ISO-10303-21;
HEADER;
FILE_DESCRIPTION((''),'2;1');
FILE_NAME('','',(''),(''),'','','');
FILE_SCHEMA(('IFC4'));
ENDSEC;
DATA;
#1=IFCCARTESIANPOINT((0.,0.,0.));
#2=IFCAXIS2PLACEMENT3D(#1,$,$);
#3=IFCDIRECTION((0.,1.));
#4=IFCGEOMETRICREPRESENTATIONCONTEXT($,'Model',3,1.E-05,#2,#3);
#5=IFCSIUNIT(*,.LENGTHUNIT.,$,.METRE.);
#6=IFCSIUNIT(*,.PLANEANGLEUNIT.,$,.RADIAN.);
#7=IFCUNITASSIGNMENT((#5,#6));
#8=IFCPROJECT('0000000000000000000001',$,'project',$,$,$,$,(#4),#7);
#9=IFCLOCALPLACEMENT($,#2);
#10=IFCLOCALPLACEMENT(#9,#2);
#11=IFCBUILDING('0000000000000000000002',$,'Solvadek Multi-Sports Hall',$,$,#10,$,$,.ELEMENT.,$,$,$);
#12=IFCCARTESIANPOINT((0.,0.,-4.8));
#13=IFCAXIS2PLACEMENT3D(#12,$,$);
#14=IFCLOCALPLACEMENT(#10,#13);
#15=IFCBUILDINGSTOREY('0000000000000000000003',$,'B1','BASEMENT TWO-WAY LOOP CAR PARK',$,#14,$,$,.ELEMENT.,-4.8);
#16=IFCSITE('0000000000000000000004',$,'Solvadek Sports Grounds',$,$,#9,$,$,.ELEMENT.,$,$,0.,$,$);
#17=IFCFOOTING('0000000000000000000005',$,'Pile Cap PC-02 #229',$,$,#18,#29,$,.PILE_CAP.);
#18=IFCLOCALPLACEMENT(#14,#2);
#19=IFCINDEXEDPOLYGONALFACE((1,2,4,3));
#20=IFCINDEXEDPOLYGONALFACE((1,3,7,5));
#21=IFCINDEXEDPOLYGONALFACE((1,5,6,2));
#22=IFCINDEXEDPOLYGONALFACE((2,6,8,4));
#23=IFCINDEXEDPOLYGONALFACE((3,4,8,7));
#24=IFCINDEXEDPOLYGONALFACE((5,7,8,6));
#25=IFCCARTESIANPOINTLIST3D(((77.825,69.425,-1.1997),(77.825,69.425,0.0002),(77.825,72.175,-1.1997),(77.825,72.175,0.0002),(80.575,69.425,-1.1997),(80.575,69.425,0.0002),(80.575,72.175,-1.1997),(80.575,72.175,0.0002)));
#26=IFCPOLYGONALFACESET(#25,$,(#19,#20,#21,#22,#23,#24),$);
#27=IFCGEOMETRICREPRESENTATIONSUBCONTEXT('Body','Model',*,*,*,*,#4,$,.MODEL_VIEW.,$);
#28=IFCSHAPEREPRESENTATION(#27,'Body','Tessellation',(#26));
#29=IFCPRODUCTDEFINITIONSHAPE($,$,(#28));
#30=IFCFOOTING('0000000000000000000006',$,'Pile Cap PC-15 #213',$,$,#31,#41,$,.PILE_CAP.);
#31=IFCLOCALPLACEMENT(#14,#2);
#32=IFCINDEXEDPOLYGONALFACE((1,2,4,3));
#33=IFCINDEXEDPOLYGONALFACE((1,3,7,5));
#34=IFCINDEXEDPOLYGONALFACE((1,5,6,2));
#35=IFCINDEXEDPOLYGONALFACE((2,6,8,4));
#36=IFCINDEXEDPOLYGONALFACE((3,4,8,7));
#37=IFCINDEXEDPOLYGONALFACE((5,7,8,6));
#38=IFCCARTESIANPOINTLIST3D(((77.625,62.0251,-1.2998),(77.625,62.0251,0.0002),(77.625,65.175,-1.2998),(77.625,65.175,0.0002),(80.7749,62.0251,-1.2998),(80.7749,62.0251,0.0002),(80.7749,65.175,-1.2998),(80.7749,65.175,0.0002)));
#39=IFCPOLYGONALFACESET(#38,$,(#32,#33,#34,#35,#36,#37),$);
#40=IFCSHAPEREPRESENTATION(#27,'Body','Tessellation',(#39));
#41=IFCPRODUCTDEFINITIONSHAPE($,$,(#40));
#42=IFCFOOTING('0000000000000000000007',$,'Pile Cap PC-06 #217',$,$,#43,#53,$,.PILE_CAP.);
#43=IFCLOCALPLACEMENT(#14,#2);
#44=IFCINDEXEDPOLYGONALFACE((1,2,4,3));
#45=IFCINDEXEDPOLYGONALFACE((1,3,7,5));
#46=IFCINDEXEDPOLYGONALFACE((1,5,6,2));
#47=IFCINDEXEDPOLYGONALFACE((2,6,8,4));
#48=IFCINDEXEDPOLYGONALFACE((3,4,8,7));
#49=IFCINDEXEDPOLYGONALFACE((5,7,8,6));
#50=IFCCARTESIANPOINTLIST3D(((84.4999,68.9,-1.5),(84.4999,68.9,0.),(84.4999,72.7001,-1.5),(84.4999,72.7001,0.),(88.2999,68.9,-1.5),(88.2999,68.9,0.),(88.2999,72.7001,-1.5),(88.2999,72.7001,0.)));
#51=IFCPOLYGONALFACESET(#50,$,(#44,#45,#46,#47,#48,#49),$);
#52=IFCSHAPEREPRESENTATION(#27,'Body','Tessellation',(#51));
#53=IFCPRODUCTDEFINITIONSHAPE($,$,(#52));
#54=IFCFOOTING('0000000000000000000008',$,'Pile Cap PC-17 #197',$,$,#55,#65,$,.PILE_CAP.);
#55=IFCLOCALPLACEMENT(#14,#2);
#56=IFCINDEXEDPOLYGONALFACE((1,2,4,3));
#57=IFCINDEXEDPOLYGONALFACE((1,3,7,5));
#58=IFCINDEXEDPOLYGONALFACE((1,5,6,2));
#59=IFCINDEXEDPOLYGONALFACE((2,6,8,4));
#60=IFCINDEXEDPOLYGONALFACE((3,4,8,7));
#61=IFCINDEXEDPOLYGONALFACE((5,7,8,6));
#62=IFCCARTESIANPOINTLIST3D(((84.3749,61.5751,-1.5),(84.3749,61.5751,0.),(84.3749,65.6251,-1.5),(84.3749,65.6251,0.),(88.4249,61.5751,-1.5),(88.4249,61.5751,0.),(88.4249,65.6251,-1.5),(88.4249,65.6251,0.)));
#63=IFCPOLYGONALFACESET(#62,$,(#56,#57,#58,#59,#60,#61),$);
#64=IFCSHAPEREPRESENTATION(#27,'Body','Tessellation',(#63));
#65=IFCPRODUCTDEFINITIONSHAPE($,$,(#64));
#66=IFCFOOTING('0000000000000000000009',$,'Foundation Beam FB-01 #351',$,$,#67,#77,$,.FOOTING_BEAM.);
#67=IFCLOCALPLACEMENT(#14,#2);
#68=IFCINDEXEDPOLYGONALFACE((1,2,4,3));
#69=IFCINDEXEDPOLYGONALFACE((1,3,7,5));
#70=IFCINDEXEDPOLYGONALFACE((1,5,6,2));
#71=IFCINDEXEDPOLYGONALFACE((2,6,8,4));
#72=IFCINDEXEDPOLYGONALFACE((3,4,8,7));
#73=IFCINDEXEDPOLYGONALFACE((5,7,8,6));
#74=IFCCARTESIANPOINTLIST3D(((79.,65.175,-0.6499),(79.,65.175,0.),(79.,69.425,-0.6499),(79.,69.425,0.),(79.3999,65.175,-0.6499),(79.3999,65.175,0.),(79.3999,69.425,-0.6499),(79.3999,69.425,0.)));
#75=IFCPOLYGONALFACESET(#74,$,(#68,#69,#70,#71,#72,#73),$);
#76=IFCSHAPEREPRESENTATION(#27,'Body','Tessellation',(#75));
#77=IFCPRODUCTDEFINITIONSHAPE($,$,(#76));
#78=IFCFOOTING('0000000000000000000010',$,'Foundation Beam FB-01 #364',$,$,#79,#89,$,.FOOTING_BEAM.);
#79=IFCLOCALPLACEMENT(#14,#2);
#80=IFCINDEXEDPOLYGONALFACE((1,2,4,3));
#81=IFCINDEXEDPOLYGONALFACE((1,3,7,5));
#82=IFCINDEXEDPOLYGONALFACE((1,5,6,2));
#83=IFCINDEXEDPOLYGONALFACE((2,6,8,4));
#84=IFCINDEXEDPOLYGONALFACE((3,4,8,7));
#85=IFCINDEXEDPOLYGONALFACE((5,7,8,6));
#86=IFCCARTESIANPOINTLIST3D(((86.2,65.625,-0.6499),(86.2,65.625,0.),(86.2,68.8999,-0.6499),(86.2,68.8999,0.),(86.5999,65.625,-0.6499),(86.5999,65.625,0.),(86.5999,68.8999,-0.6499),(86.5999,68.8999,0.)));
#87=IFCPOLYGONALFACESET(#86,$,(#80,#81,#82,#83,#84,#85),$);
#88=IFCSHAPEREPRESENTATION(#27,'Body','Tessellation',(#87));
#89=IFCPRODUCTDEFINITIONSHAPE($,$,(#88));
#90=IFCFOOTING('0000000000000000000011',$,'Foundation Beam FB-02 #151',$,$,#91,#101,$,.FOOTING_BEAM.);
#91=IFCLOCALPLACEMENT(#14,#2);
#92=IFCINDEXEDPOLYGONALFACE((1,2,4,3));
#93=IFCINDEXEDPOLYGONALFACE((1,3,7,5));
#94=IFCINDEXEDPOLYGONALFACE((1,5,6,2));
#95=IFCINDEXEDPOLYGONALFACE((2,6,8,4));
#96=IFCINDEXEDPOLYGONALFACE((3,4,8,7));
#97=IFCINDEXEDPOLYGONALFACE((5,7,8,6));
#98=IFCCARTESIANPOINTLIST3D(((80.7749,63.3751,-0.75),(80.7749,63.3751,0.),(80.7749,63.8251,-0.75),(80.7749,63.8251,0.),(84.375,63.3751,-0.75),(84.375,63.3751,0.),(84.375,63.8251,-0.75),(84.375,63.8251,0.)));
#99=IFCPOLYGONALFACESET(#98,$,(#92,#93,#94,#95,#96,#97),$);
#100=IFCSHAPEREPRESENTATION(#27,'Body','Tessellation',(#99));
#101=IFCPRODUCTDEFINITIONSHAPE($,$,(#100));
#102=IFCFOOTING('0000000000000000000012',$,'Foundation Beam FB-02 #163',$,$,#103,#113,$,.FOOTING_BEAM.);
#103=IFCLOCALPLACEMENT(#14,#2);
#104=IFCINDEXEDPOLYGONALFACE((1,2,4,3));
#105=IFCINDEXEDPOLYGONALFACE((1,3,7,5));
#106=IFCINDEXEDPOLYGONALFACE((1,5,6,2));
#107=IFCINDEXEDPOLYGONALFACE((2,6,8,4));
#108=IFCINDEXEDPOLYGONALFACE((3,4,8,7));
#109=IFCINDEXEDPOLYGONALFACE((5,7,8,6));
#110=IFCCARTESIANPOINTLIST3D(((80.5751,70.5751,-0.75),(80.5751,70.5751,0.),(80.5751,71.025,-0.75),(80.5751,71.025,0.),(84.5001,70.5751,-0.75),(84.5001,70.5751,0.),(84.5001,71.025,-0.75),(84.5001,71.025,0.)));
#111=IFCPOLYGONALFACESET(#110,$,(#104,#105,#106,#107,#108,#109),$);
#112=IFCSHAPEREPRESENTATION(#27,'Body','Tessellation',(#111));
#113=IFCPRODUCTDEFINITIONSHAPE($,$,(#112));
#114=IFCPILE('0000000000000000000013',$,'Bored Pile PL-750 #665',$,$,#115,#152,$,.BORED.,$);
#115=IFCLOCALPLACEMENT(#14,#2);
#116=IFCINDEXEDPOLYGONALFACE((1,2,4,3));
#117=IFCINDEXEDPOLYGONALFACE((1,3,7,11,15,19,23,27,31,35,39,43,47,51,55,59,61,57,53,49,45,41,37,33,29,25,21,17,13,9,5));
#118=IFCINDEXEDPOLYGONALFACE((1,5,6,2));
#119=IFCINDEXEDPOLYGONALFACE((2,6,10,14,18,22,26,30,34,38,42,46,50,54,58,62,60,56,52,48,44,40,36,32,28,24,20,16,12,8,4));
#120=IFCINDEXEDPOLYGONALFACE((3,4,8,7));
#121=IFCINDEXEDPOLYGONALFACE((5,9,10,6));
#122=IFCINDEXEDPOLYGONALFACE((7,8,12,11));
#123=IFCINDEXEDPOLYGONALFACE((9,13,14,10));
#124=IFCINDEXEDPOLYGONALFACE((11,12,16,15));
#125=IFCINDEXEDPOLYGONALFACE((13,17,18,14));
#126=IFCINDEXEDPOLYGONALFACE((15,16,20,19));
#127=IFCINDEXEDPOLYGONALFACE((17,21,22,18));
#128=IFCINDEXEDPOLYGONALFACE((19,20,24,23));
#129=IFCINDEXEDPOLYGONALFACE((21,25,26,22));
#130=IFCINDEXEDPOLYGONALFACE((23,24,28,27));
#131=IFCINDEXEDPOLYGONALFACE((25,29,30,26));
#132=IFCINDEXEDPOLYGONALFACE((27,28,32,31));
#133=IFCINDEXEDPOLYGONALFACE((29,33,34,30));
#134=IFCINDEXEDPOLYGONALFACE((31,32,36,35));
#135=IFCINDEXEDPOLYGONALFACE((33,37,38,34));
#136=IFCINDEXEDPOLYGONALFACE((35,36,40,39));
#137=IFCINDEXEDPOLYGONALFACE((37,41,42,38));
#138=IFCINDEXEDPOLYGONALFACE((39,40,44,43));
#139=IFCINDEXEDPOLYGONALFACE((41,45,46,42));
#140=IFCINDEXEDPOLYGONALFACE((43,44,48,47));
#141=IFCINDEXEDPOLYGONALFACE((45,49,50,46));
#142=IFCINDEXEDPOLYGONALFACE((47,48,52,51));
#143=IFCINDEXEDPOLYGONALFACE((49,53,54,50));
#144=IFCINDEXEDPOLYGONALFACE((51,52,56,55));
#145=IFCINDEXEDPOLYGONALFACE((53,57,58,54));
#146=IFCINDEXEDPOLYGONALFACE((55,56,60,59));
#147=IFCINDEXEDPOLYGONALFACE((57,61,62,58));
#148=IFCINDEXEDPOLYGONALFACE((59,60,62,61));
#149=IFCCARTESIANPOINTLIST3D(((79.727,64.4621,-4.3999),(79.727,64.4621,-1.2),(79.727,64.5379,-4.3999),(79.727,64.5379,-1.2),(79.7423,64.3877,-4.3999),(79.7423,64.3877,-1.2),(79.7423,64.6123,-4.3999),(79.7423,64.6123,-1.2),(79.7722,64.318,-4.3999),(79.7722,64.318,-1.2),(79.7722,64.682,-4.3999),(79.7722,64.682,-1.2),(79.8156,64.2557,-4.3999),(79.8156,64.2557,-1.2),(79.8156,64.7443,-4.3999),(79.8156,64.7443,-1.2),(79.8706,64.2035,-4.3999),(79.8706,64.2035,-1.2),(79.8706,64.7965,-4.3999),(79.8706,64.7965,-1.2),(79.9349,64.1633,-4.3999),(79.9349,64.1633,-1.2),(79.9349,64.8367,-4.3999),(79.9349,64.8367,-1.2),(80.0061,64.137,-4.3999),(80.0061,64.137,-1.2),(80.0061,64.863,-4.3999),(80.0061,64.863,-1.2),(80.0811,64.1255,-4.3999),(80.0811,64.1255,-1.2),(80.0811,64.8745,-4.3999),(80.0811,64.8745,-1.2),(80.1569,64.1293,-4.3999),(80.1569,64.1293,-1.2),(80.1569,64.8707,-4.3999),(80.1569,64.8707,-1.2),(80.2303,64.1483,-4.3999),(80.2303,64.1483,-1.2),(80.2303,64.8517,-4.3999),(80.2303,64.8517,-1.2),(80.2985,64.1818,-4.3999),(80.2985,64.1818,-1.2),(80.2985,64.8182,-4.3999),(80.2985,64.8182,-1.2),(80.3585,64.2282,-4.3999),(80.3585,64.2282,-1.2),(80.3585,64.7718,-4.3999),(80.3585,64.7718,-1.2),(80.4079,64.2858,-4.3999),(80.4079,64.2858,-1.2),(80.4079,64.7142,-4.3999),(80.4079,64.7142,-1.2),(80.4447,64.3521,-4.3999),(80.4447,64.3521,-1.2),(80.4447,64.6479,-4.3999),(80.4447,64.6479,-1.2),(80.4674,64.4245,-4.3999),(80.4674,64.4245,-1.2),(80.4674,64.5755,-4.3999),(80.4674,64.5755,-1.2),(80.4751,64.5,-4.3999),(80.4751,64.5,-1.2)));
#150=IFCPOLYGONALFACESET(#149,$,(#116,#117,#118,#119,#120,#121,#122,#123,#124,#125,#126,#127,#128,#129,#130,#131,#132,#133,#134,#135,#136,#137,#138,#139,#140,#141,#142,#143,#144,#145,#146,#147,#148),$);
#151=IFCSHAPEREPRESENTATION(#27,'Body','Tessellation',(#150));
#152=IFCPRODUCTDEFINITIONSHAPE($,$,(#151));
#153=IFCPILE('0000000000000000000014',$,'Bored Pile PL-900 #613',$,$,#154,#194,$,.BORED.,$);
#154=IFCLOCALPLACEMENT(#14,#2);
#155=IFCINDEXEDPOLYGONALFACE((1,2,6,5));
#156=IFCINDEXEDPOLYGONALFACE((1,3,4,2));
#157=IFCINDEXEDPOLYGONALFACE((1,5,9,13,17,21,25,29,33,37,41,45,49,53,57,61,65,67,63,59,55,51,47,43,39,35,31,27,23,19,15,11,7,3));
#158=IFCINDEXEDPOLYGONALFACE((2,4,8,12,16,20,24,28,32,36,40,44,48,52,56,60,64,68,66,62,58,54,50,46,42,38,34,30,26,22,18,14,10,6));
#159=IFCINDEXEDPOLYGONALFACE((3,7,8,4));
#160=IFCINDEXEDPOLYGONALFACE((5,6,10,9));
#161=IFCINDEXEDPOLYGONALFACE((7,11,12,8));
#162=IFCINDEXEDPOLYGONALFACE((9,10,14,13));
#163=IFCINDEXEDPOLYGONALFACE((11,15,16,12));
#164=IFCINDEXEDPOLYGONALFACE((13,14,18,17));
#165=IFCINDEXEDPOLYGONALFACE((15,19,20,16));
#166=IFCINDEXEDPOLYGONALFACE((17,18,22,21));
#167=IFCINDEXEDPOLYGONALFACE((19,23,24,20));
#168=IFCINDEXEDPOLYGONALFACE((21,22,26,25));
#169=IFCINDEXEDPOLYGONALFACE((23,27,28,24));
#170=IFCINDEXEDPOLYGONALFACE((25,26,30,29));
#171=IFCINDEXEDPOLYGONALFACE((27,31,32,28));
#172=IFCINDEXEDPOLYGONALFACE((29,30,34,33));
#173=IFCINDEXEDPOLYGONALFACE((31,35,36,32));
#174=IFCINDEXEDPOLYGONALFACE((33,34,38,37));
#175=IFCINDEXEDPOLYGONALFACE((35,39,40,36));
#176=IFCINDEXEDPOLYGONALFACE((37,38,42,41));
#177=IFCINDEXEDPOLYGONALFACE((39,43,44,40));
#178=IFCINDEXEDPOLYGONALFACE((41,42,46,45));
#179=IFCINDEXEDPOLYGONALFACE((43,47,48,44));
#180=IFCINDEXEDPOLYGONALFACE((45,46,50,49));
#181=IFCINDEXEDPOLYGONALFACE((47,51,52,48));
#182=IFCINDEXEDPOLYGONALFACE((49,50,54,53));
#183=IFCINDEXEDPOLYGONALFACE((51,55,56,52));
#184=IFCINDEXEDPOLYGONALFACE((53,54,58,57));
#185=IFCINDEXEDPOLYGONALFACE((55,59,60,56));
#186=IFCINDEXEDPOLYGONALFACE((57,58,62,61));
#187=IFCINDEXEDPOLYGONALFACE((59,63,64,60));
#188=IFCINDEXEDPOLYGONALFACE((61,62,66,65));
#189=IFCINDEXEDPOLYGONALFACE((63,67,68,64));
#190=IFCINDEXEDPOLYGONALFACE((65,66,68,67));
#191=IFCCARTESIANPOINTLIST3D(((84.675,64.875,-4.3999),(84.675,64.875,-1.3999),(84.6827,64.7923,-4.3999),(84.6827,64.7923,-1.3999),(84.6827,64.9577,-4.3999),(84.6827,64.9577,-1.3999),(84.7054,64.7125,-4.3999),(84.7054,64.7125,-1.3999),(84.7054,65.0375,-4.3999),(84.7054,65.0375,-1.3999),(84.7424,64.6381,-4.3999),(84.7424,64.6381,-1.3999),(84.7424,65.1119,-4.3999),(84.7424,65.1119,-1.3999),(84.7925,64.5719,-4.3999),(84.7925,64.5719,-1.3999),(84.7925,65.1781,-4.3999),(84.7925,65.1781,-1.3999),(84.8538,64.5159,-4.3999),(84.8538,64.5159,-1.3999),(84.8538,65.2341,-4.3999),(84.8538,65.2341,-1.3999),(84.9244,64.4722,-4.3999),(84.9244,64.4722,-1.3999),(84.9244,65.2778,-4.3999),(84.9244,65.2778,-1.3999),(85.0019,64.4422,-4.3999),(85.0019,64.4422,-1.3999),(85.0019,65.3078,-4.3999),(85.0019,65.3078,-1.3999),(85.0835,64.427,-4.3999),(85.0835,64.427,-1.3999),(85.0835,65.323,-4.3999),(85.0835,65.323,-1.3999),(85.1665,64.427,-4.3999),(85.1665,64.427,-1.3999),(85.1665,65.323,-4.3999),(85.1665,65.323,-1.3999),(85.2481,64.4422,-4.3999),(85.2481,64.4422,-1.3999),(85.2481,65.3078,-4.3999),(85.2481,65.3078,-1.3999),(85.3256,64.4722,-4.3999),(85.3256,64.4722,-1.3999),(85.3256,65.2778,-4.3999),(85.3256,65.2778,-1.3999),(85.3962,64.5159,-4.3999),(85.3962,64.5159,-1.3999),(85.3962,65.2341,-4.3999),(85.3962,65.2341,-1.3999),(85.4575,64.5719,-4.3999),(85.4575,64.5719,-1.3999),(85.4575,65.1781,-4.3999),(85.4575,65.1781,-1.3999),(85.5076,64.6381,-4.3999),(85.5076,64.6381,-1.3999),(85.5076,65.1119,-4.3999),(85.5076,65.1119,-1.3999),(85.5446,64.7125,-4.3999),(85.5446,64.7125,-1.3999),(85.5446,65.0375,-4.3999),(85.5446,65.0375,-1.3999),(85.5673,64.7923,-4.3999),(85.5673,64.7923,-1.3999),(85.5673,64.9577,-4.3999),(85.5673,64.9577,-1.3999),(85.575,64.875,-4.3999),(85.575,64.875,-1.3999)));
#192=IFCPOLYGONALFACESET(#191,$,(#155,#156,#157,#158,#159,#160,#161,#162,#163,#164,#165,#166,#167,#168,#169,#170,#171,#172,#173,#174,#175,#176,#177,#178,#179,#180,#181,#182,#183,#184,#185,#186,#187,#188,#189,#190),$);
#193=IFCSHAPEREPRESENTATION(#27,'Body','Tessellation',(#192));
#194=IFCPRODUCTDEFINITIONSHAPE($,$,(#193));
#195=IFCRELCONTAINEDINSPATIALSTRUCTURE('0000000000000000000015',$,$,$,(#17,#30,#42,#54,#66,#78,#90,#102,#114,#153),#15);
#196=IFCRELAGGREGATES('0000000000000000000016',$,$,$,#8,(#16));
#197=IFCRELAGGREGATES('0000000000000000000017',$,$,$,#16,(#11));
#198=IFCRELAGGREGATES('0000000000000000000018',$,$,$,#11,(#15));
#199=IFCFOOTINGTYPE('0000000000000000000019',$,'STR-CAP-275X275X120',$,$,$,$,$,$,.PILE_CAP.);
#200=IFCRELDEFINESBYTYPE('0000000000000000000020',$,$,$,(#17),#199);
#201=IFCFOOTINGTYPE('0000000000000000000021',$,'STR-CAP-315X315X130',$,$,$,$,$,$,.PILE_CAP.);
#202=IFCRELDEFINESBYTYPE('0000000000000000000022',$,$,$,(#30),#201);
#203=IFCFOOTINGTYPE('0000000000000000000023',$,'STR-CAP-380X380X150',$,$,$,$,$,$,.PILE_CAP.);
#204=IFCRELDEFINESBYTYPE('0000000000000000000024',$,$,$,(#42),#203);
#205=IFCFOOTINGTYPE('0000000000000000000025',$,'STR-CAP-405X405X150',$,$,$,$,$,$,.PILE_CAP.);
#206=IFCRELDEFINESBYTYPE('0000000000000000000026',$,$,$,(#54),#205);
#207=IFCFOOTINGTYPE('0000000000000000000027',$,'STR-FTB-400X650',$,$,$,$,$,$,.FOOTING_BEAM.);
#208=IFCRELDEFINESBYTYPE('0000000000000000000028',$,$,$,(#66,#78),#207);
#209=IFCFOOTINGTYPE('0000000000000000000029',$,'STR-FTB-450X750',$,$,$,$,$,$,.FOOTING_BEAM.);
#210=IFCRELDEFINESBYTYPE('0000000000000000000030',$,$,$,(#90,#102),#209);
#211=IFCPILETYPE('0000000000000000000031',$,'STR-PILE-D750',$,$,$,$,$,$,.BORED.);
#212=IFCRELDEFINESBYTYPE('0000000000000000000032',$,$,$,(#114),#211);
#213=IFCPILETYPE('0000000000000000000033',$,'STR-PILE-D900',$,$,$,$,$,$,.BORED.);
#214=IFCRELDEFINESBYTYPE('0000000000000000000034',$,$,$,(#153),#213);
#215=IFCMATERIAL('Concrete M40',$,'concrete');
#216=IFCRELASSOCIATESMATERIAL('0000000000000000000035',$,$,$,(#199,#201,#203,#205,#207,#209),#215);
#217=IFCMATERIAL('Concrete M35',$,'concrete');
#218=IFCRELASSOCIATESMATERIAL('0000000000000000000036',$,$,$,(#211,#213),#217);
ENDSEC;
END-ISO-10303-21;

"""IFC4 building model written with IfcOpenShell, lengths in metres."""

from ifc_helpers import new_model, si_unit, direction, frame, origin, origin_2d, place, context, subcontext, project, spatial, rectangle, circle, extrude, material, material_profile, profile_set, type_object, element, save


model = new_model("IFC4")

# Units and contexts
model_context = context("Model", 3, precision=1e-05, world=origin(), true_north=direction((0.0, 1.0)))
body_context = subcontext(model_context, "Body", "Model", "MODEL_VIEW")
ifc_project = project(units=[si_unit("LENGTHUNIT", "METRE"), si_unit("PLANEANGLEUNIT", "RADIAN")], contexts=[model_context])

# Site, building, storey
site_placement = place(None, origin())
site = spatial("IfcSite", under=ifc_project, at=site_placement, Name="Solvadek Sports Grounds", CompositionType="ELEMENT", RefElevation=0.0)
building_placement = place(site_placement, origin())
building = spatial("IfcBuilding", under=site, at=building_placement, Name="Solvadek Multi-Sports Hall", CompositionType="ELEMENT")
storey_placement = place(building_placement, frame((0.0, 0.0, -4.8)))
storey = spatial("IfcBuildingStorey", under=building, at=storey_placement, Name="B1", Description="BASEMENT TWO-WAY LOOP CAR PARK", CompositionType="ELEMENT", Elevation=-4.8)

# Footings
ifc_material_1 = material(Name="Concrete M40", Category="concrete")
footing_type_1 = type_object("IfcFootingType", Name="STR-CAP-275X275X120", PredefinedType="PILE_CAP", material=ifc_material_1)
footing_1_placement = place(storey_placement, frame((79.2, 70.8, -1.1997), z_axis=(0.0, 0.0, 1.0), x_axis=(1.0, 0.0, 0.0)))
element("IfcFooting", 1, at=footing_1_placement, inside=storey, type_object=footing_type_1, Name="Pile Cap PC-02 #229", PredefinedType="PILE_CAP", context=body_context, shape_type="SweptSolid", body=[
    extrude(rectangle(XDim=2.75, YDim=2.75, at=origin_2d()), origin(), (0.0, 0.0, 1.0), 1.2),
])
footing_type_2 = type_object("IfcFootingType", Name="STR-CAP-315X315X130", PredefinedType="PILE_CAP", material=ifc_material_1)
footing_2_placement = place(storey_placement, frame((79.2, 63.6001, -1.2998), z_axis=(0.0, 0.0, 1.0), x_axis=(1.0, 0.0, 0.0)))
element("IfcFooting", 2, at=footing_2_placement, inside=storey, type_object=footing_type_2, Name="Pile Cap PC-15 #213", PredefinedType="PILE_CAP", context=body_context, shape_type="SweptSolid", body=[
    extrude(rectangle(XDim=3.1499, YDim=3.1499, at=origin_2d()), origin(), (0.0, 0.0, 1.0), 1.3),
])
footing_type_3 = type_object("IfcFootingType", Name="STR-CAP-380X380X150", PredefinedType="PILE_CAP", material=ifc_material_1)
footing_3_placement = place(storey_placement, frame((86.3999, 70.8, -1.5), z_axis=(0.0, 0.0, 1.0), x_axis=(1.0, 0.0, 0.0)))
element("IfcFooting", 3, at=footing_3_placement, inside=storey, type_object=footing_type_3, Name="Pile Cap PC-06 #217", PredefinedType="PILE_CAP", context=body_context, shape_type="SweptSolid", body=[
    extrude(rectangle(XDim=3.8, YDim=3.8, at=origin_2d()), origin(), (0.0, 0.0, 1.0), 1.5),
])
footing_type_4 = type_object("IfcFootingType", Name="STR-CAP-405X405X150", PredefinedType="PILE_CAP", material=ifc_material_1)
footing_4_placement = place(storey_placement, frame((86.3999, 63.6001, -1.5), z_axis=(0.0, 0.0, 1.0), x_axis=(1.0, 0.0, 0.0)))
element("IfcFooting", 4, at=footing_4_placement, inside=storey, type_object=footing_type_4, Name="Pile Cap PC-17 #197", PredefinedType="PILE_CAP", context=body_context, shape_type="SweptSolid", body=[
    extrude(rectangle(XDim=4.05, YDim=4.05, at=origin_2d()), origin(), (0.0, 0.0, 1.0), 1.5),
])
footing_type_5 = type_object("IfcFootingType", Name="STR-FTB-400X650", PredefinedType="FOOTING_BEAM", material=ifc_material_1)
footing_5_placement = place(storey_placement, frame((79.2, 67.3, -0.6499), z_axis=(0.0, 0.0, 1.0), x_axis=(0.0, 1.0, 0.0)))
element("IfcFooting", 5, at=footing_5_placement, inside=storey, type_object=footing_type_5, Name="Foundation Beam FB-01 #351", PredefinedType="FOOTING_BEAM", context=body_context, shape_type="SweptSolid", body=[
    extrude(rectangle(XDim=4.25, YDim=0.3999, at=origin_2d()), origin(), (0.0, 0.0, 1.0), 0.6499),
])
footing_6_placement = place(storey_placement, frame((86.3999, 67.2625, -0.6499), z_axis=(0.0, 0.0, 1.0), x_axis=(0.0, 1.0, 0.0)))
element("IfcFooting", 6, at=footing_6_placement, inside=storey, type_object=footing_type_5, Name="Foundation Beam FB-01 #364", PredefinedType="FOOTING_BEAM", context=body_context, shape_type="SweptSolid", body=[
    extrude(rectangle(XDim=3.2749, YDim=0.3999, at=origin_2d()), origin(), (0.0, 0.0, 1.0), 0.6499),
])
footing_type_6 = type_object("IfcFootingType", Name="STR-FTB-450X750", PredefinedType="FOOTING_BEAM", material=ifc_material_1)
footing_7_placement = place(storey_placement, frame((82.575, 63.6001, -0.75), z_axis=(0.0, 0.0, 1.0), x_axis=(1.0, 0.0, 0.0)))
element("IfcFooting", 7, at=footing_7_placement, inside=storey, type_object=footing_type_6, Name="Foundation Beam FB-02 #151", PredefinedType="FOOTING_BEAM", context=body_context, shape_type="SweptSolid", body=[
    extrude(rectangle(XDim=3.6001, YDim=0.45, at=origin_2d()), origin(), (0.0, 0.0, 1.0), 0.75),
])
footing_8_placement = place(storey_placement, frame((82.5376, 70.8, -0.75), z_axis=(0.0, 0.0, 1.0), x_axis=(1.0, 0.0, 0.0)))
element("IfcFooting", 8, at=footing_8_placement, inside=storey, type_object=footing_type_6, Name="Foundation Beam FB-02 #163", PredefinedType="FOOTING_BEAM", context=body_context, shape_type="SweptSolid", body=[
    extrude(rectangle(XDim=3.925, YDim=0.45, at=origin_2d()), origin(), (0.0, 0.0, 1.0), 0.75),
])

# Piles
ifc_material_2 = material(Name="Concrete M35", Category="concrete")
ifc_material_profile_1 = material_profile(ifc_material_2, circle(Radius=0.375, at=origin_2d()), Name="BORED PILE D750")
ifc_profile_set_1 = profile_set([ifc_material_profile_1], Name="Concrete M35")
pile_type_1 = type_object("IfcPileType", Name="STR-PILE-D750", PredefinedType="BORED", material=ifc_profile_set_1)
pile_1_placement = place(storey_placement, frame((80.1001, 64.5, -1.2), z_axis=(0.0, 0.0, -1.0), x_axis=(1.0, 0.0, 0.0)))
element("IfcPile", 9, at=pile_1_placement, inside=storey, type_object=pile_type_1, Name="Bored Pile PL-750 #665", PredefinedType="BORED", context=body_context, shape_type="SweptSolid", body=[
    extrude(circle(Radius=0.375, at=origin_2d()), origin(), (0.0, 0.0, 1.0), 3.2),
])
ifc_material_profile_2 = material_profile(ifc_material_2, circle(Radius=0.45, at=origin_2d()), Name="BORED PILE D900")
ifc_profile_set_2 = profile_set([ifc_material_profile_2], Name="Concrete M35")
pile_type_2 = type_object("IfcPileType", Name="STR-PILE-D900", PredefinedType="BORED", material=ifc_profile_set_2)
for number, where, z_axis, x_axis, name in (
    (10, (85.125, 64.875, -1.3999), (0.0, 0.0, -1.0), (1.0, 0.0, 0.0), "Bored Pile PL-900 #613"),
):
    element("IfcPile", number, at=place(storey_placement, frame(where, z_axis=z_axis, x_axis=x_axis)), inside=storey, type_object=pile_type_2, Name=name, PredefinedType="BORED", context=body_context, shape_type="SweptSolid", body=[
        extrude(circle(Radius=0.45, at=origin_2d()), origin(), (0.0, 0.0, 1.0), 3.0),
    ])

save(model, "model.ifc")
